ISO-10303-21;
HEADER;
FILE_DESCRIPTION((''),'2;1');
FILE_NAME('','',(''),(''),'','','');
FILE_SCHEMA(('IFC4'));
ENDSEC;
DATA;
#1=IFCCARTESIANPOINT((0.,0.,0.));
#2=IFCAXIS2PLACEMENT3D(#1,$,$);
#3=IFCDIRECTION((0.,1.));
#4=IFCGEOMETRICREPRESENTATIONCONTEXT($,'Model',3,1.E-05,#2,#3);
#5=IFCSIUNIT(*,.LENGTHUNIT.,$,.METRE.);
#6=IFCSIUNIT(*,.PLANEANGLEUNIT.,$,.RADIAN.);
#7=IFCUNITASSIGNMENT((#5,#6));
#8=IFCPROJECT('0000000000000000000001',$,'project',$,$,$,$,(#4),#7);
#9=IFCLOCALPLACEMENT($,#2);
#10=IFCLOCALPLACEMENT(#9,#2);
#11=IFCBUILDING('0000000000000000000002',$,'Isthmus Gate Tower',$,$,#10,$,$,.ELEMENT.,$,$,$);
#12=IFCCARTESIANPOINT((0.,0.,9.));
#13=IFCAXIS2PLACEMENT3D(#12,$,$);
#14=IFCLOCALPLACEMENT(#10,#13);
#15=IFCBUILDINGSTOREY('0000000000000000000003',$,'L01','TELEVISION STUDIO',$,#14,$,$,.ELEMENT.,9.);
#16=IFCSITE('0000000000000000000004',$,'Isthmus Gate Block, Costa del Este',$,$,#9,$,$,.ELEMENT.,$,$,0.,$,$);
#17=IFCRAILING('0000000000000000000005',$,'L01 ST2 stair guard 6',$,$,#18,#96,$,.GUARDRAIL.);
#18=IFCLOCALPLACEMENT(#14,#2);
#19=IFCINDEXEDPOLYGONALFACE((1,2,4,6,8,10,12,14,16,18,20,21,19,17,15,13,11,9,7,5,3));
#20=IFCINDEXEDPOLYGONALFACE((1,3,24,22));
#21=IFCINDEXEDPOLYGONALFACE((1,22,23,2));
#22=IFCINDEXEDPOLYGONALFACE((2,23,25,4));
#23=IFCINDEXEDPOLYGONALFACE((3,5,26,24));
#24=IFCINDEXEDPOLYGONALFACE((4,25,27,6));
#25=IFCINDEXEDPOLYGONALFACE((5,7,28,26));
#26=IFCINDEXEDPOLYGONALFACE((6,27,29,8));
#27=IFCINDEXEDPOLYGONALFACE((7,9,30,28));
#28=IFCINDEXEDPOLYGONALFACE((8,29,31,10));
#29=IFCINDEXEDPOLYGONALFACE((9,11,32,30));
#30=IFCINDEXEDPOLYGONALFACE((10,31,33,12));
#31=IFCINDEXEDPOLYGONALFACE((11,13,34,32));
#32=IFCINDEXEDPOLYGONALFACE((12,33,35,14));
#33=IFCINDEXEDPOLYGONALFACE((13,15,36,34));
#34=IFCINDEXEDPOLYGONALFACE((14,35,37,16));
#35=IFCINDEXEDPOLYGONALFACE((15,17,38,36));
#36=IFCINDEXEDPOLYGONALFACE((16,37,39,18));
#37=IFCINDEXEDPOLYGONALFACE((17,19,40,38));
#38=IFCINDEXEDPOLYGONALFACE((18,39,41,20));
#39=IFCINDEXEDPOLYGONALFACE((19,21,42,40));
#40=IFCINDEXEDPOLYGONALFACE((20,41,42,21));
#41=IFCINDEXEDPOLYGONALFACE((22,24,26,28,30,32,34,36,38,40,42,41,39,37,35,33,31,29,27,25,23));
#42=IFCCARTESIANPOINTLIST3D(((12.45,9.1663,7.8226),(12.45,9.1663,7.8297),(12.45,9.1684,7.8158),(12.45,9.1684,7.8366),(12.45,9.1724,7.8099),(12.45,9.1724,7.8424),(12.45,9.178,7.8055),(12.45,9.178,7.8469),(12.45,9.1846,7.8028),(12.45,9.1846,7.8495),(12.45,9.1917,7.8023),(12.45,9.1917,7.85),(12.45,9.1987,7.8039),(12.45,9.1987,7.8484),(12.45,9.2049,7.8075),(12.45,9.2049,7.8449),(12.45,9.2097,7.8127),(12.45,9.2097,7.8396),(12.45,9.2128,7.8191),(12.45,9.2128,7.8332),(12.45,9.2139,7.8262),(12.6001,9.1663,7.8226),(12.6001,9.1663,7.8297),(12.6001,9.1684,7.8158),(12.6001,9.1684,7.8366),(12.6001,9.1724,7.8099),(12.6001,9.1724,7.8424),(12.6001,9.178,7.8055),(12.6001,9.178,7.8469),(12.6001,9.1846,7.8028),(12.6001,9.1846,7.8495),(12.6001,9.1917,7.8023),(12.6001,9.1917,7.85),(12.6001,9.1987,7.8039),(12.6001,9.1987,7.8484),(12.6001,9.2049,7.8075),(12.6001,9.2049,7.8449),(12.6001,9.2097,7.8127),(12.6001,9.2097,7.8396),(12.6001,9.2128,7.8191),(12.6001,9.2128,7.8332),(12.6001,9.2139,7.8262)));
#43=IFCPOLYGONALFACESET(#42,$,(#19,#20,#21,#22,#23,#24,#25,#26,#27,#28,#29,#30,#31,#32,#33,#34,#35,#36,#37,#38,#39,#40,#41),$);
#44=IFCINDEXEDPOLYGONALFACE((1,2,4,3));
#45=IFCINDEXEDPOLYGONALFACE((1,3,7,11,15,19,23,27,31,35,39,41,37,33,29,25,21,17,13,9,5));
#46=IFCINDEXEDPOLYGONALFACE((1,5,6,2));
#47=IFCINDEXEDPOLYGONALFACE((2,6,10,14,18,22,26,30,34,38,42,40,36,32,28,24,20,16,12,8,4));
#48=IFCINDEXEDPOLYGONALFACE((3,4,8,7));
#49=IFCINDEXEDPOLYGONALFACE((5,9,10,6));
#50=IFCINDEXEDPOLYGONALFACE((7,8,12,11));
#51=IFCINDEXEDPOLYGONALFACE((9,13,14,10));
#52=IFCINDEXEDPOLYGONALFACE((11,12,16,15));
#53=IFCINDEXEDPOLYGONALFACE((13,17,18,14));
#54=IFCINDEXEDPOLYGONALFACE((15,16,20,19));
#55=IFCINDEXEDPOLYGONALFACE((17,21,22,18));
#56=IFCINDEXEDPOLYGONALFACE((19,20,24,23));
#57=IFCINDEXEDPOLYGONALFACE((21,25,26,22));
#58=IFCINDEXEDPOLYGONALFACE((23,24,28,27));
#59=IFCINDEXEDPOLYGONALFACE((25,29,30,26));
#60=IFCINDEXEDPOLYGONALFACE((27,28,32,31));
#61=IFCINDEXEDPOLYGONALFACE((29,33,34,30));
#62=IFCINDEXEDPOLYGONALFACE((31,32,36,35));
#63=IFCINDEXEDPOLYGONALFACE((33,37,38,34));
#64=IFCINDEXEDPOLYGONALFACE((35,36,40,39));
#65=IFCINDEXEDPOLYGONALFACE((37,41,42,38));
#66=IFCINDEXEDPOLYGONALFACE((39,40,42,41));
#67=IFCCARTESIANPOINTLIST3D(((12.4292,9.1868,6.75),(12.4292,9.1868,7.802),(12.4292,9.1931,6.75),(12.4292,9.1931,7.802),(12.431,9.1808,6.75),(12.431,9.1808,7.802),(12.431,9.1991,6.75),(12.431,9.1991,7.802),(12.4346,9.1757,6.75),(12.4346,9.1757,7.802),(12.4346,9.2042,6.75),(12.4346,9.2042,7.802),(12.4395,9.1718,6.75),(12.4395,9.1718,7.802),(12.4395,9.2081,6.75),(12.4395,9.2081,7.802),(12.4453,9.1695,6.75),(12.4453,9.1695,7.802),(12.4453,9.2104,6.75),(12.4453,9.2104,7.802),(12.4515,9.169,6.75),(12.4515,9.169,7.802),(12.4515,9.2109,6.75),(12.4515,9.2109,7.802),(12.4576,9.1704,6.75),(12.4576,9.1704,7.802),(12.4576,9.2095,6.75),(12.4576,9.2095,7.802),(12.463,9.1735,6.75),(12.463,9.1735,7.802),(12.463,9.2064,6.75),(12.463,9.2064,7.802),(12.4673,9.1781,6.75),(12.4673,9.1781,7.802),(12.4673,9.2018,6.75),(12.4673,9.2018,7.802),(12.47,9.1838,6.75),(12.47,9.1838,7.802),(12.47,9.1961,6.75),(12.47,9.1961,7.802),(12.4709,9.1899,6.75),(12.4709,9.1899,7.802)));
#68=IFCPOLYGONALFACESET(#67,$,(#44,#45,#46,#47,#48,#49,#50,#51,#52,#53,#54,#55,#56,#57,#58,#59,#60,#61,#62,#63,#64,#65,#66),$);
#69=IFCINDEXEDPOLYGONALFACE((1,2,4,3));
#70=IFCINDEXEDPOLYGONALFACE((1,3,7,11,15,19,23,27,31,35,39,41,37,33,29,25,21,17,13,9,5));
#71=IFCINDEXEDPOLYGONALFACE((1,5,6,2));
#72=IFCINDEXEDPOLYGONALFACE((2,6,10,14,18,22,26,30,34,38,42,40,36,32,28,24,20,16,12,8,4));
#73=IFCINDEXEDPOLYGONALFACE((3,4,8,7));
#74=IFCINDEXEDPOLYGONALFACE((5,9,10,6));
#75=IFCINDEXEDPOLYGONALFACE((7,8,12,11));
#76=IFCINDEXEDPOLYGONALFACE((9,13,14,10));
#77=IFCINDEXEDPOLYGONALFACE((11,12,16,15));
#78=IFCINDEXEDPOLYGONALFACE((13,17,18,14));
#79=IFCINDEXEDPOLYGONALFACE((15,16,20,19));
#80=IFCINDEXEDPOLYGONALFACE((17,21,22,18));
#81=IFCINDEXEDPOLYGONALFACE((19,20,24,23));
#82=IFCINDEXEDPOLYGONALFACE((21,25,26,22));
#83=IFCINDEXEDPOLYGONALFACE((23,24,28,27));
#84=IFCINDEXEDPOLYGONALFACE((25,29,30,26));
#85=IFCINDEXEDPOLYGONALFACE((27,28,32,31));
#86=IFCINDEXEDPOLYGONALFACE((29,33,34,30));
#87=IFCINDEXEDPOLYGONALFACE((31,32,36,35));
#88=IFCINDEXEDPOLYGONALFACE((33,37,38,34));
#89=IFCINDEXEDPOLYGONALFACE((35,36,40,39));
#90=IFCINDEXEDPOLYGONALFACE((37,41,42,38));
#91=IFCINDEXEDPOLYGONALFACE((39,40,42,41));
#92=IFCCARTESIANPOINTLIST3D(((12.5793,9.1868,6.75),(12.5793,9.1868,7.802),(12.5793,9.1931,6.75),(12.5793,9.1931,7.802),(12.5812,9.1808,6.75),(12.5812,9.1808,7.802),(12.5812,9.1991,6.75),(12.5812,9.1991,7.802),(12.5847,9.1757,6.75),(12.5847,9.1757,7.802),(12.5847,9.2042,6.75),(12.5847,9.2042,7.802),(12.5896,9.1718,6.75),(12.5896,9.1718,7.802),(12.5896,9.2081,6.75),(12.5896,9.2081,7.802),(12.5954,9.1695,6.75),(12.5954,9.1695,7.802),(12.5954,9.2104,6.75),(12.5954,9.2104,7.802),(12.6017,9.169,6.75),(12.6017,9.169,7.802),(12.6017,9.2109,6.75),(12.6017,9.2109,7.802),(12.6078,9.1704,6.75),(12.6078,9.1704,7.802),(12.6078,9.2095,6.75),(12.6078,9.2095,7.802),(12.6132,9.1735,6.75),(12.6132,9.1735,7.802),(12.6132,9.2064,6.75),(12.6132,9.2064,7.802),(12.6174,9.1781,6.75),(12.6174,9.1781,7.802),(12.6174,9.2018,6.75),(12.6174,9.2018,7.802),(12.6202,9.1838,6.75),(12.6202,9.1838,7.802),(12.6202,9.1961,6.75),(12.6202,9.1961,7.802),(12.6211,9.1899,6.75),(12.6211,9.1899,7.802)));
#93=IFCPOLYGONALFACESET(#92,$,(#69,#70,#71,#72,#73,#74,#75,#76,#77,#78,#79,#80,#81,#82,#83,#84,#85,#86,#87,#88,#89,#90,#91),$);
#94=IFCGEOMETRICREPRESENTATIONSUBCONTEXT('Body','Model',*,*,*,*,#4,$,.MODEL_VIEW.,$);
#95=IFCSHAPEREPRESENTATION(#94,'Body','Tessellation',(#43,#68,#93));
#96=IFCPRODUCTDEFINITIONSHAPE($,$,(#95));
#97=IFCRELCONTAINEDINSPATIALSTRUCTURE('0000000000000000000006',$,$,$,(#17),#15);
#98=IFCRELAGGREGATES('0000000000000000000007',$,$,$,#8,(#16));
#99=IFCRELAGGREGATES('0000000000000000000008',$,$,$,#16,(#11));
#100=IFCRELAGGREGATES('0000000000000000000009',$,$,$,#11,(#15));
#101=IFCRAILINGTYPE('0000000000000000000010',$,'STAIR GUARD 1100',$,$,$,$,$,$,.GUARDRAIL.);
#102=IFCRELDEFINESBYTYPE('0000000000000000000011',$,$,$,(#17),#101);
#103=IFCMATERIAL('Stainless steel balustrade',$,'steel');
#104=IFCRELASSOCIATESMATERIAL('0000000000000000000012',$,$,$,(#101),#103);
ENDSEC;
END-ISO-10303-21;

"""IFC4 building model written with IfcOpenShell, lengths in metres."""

from ifc_helpers import new_model, si_unit, direction, frame, origin, origin_2d, place, context, subcontext, project, spatial, circle, extrude, material, type_object, element, save


model = new_model("IFC4")

# Units and contexts
model_context = context("Model", 3, precision=1e-05, world=origin(), true_north=direction((0.0, 1.0)))
body_context = subcontext(model_context, "Body", "Model", "MODEL_VIEW")
ifc_project = project(units=[si_unit("LENGTHUNIT", "METRE"), si_unit("PLANEANGLEUNIT", "RADIAN")], contexts=[model_context])

# Site, building, storey
site_placement = place(None, origin())
site = spatial("IfcSite", under=ifc_project, at=site_placement, Name="Isthmus Gate Block, Costa del Este", CompositionType="ELEMENT", RefElevation=0.0)
building_placement = place(site_placement, origin())
building = spatial("IfcBuilding", under=site, at=building_placement, Name="Isthmus Gate Tower", CompositionType="ELEMENT")
storey_placement = place(building_placement, frame((0.0, 0.0, 9.0)))
storey = spatial("IfcBuildingStorey", under=building, at=storey_placement, Name="L01", Description="TELEVISION STUDIO", CompositionType="ELEMENT", Elevation=9.0)

# Railing
ifc_material_1 = material(Name="Stainless steel balustrade", Category="steel")
railing_type_1 = type_object("IfcRailingType", Name="STAIR GUARD 1100", PredefinedType="GUARDRAIL", material=ifc_material_1)
railing_1_placement = place(storey_placement, frame((12.45, 9.1899, 6.75)))
element("IfcRailing", 1, at=railing_1_placement, inside=storey, type_object=railing_type_1, Name="L01 ST2 stair guard 6", PredefinedType="GUARDRAIL", context=body_context, shape_type="SweptSolid", body=[
    extrude(circle(Radius=0.0239, at=origin_2d()), frame((0.0, 0.0, 1.0762), z_axis=(1.0, 0.0, 0.0), x_axis=(0.0, 1.0, 0.0)), (0.0, 0.0, 1.0), 0.1501),
    extrude(circle(Radius=0.021, at=origin_2d()), origin(), (0.0, 0.0, 1.0), 1.052),
    extrude(circle(Radius=0.021, at=origin_2d()), frame((0.1501, 0.0, 0.0)), (0.0, 0.0, 1.0), 1.052),
])

save(model, "model.ifc")
